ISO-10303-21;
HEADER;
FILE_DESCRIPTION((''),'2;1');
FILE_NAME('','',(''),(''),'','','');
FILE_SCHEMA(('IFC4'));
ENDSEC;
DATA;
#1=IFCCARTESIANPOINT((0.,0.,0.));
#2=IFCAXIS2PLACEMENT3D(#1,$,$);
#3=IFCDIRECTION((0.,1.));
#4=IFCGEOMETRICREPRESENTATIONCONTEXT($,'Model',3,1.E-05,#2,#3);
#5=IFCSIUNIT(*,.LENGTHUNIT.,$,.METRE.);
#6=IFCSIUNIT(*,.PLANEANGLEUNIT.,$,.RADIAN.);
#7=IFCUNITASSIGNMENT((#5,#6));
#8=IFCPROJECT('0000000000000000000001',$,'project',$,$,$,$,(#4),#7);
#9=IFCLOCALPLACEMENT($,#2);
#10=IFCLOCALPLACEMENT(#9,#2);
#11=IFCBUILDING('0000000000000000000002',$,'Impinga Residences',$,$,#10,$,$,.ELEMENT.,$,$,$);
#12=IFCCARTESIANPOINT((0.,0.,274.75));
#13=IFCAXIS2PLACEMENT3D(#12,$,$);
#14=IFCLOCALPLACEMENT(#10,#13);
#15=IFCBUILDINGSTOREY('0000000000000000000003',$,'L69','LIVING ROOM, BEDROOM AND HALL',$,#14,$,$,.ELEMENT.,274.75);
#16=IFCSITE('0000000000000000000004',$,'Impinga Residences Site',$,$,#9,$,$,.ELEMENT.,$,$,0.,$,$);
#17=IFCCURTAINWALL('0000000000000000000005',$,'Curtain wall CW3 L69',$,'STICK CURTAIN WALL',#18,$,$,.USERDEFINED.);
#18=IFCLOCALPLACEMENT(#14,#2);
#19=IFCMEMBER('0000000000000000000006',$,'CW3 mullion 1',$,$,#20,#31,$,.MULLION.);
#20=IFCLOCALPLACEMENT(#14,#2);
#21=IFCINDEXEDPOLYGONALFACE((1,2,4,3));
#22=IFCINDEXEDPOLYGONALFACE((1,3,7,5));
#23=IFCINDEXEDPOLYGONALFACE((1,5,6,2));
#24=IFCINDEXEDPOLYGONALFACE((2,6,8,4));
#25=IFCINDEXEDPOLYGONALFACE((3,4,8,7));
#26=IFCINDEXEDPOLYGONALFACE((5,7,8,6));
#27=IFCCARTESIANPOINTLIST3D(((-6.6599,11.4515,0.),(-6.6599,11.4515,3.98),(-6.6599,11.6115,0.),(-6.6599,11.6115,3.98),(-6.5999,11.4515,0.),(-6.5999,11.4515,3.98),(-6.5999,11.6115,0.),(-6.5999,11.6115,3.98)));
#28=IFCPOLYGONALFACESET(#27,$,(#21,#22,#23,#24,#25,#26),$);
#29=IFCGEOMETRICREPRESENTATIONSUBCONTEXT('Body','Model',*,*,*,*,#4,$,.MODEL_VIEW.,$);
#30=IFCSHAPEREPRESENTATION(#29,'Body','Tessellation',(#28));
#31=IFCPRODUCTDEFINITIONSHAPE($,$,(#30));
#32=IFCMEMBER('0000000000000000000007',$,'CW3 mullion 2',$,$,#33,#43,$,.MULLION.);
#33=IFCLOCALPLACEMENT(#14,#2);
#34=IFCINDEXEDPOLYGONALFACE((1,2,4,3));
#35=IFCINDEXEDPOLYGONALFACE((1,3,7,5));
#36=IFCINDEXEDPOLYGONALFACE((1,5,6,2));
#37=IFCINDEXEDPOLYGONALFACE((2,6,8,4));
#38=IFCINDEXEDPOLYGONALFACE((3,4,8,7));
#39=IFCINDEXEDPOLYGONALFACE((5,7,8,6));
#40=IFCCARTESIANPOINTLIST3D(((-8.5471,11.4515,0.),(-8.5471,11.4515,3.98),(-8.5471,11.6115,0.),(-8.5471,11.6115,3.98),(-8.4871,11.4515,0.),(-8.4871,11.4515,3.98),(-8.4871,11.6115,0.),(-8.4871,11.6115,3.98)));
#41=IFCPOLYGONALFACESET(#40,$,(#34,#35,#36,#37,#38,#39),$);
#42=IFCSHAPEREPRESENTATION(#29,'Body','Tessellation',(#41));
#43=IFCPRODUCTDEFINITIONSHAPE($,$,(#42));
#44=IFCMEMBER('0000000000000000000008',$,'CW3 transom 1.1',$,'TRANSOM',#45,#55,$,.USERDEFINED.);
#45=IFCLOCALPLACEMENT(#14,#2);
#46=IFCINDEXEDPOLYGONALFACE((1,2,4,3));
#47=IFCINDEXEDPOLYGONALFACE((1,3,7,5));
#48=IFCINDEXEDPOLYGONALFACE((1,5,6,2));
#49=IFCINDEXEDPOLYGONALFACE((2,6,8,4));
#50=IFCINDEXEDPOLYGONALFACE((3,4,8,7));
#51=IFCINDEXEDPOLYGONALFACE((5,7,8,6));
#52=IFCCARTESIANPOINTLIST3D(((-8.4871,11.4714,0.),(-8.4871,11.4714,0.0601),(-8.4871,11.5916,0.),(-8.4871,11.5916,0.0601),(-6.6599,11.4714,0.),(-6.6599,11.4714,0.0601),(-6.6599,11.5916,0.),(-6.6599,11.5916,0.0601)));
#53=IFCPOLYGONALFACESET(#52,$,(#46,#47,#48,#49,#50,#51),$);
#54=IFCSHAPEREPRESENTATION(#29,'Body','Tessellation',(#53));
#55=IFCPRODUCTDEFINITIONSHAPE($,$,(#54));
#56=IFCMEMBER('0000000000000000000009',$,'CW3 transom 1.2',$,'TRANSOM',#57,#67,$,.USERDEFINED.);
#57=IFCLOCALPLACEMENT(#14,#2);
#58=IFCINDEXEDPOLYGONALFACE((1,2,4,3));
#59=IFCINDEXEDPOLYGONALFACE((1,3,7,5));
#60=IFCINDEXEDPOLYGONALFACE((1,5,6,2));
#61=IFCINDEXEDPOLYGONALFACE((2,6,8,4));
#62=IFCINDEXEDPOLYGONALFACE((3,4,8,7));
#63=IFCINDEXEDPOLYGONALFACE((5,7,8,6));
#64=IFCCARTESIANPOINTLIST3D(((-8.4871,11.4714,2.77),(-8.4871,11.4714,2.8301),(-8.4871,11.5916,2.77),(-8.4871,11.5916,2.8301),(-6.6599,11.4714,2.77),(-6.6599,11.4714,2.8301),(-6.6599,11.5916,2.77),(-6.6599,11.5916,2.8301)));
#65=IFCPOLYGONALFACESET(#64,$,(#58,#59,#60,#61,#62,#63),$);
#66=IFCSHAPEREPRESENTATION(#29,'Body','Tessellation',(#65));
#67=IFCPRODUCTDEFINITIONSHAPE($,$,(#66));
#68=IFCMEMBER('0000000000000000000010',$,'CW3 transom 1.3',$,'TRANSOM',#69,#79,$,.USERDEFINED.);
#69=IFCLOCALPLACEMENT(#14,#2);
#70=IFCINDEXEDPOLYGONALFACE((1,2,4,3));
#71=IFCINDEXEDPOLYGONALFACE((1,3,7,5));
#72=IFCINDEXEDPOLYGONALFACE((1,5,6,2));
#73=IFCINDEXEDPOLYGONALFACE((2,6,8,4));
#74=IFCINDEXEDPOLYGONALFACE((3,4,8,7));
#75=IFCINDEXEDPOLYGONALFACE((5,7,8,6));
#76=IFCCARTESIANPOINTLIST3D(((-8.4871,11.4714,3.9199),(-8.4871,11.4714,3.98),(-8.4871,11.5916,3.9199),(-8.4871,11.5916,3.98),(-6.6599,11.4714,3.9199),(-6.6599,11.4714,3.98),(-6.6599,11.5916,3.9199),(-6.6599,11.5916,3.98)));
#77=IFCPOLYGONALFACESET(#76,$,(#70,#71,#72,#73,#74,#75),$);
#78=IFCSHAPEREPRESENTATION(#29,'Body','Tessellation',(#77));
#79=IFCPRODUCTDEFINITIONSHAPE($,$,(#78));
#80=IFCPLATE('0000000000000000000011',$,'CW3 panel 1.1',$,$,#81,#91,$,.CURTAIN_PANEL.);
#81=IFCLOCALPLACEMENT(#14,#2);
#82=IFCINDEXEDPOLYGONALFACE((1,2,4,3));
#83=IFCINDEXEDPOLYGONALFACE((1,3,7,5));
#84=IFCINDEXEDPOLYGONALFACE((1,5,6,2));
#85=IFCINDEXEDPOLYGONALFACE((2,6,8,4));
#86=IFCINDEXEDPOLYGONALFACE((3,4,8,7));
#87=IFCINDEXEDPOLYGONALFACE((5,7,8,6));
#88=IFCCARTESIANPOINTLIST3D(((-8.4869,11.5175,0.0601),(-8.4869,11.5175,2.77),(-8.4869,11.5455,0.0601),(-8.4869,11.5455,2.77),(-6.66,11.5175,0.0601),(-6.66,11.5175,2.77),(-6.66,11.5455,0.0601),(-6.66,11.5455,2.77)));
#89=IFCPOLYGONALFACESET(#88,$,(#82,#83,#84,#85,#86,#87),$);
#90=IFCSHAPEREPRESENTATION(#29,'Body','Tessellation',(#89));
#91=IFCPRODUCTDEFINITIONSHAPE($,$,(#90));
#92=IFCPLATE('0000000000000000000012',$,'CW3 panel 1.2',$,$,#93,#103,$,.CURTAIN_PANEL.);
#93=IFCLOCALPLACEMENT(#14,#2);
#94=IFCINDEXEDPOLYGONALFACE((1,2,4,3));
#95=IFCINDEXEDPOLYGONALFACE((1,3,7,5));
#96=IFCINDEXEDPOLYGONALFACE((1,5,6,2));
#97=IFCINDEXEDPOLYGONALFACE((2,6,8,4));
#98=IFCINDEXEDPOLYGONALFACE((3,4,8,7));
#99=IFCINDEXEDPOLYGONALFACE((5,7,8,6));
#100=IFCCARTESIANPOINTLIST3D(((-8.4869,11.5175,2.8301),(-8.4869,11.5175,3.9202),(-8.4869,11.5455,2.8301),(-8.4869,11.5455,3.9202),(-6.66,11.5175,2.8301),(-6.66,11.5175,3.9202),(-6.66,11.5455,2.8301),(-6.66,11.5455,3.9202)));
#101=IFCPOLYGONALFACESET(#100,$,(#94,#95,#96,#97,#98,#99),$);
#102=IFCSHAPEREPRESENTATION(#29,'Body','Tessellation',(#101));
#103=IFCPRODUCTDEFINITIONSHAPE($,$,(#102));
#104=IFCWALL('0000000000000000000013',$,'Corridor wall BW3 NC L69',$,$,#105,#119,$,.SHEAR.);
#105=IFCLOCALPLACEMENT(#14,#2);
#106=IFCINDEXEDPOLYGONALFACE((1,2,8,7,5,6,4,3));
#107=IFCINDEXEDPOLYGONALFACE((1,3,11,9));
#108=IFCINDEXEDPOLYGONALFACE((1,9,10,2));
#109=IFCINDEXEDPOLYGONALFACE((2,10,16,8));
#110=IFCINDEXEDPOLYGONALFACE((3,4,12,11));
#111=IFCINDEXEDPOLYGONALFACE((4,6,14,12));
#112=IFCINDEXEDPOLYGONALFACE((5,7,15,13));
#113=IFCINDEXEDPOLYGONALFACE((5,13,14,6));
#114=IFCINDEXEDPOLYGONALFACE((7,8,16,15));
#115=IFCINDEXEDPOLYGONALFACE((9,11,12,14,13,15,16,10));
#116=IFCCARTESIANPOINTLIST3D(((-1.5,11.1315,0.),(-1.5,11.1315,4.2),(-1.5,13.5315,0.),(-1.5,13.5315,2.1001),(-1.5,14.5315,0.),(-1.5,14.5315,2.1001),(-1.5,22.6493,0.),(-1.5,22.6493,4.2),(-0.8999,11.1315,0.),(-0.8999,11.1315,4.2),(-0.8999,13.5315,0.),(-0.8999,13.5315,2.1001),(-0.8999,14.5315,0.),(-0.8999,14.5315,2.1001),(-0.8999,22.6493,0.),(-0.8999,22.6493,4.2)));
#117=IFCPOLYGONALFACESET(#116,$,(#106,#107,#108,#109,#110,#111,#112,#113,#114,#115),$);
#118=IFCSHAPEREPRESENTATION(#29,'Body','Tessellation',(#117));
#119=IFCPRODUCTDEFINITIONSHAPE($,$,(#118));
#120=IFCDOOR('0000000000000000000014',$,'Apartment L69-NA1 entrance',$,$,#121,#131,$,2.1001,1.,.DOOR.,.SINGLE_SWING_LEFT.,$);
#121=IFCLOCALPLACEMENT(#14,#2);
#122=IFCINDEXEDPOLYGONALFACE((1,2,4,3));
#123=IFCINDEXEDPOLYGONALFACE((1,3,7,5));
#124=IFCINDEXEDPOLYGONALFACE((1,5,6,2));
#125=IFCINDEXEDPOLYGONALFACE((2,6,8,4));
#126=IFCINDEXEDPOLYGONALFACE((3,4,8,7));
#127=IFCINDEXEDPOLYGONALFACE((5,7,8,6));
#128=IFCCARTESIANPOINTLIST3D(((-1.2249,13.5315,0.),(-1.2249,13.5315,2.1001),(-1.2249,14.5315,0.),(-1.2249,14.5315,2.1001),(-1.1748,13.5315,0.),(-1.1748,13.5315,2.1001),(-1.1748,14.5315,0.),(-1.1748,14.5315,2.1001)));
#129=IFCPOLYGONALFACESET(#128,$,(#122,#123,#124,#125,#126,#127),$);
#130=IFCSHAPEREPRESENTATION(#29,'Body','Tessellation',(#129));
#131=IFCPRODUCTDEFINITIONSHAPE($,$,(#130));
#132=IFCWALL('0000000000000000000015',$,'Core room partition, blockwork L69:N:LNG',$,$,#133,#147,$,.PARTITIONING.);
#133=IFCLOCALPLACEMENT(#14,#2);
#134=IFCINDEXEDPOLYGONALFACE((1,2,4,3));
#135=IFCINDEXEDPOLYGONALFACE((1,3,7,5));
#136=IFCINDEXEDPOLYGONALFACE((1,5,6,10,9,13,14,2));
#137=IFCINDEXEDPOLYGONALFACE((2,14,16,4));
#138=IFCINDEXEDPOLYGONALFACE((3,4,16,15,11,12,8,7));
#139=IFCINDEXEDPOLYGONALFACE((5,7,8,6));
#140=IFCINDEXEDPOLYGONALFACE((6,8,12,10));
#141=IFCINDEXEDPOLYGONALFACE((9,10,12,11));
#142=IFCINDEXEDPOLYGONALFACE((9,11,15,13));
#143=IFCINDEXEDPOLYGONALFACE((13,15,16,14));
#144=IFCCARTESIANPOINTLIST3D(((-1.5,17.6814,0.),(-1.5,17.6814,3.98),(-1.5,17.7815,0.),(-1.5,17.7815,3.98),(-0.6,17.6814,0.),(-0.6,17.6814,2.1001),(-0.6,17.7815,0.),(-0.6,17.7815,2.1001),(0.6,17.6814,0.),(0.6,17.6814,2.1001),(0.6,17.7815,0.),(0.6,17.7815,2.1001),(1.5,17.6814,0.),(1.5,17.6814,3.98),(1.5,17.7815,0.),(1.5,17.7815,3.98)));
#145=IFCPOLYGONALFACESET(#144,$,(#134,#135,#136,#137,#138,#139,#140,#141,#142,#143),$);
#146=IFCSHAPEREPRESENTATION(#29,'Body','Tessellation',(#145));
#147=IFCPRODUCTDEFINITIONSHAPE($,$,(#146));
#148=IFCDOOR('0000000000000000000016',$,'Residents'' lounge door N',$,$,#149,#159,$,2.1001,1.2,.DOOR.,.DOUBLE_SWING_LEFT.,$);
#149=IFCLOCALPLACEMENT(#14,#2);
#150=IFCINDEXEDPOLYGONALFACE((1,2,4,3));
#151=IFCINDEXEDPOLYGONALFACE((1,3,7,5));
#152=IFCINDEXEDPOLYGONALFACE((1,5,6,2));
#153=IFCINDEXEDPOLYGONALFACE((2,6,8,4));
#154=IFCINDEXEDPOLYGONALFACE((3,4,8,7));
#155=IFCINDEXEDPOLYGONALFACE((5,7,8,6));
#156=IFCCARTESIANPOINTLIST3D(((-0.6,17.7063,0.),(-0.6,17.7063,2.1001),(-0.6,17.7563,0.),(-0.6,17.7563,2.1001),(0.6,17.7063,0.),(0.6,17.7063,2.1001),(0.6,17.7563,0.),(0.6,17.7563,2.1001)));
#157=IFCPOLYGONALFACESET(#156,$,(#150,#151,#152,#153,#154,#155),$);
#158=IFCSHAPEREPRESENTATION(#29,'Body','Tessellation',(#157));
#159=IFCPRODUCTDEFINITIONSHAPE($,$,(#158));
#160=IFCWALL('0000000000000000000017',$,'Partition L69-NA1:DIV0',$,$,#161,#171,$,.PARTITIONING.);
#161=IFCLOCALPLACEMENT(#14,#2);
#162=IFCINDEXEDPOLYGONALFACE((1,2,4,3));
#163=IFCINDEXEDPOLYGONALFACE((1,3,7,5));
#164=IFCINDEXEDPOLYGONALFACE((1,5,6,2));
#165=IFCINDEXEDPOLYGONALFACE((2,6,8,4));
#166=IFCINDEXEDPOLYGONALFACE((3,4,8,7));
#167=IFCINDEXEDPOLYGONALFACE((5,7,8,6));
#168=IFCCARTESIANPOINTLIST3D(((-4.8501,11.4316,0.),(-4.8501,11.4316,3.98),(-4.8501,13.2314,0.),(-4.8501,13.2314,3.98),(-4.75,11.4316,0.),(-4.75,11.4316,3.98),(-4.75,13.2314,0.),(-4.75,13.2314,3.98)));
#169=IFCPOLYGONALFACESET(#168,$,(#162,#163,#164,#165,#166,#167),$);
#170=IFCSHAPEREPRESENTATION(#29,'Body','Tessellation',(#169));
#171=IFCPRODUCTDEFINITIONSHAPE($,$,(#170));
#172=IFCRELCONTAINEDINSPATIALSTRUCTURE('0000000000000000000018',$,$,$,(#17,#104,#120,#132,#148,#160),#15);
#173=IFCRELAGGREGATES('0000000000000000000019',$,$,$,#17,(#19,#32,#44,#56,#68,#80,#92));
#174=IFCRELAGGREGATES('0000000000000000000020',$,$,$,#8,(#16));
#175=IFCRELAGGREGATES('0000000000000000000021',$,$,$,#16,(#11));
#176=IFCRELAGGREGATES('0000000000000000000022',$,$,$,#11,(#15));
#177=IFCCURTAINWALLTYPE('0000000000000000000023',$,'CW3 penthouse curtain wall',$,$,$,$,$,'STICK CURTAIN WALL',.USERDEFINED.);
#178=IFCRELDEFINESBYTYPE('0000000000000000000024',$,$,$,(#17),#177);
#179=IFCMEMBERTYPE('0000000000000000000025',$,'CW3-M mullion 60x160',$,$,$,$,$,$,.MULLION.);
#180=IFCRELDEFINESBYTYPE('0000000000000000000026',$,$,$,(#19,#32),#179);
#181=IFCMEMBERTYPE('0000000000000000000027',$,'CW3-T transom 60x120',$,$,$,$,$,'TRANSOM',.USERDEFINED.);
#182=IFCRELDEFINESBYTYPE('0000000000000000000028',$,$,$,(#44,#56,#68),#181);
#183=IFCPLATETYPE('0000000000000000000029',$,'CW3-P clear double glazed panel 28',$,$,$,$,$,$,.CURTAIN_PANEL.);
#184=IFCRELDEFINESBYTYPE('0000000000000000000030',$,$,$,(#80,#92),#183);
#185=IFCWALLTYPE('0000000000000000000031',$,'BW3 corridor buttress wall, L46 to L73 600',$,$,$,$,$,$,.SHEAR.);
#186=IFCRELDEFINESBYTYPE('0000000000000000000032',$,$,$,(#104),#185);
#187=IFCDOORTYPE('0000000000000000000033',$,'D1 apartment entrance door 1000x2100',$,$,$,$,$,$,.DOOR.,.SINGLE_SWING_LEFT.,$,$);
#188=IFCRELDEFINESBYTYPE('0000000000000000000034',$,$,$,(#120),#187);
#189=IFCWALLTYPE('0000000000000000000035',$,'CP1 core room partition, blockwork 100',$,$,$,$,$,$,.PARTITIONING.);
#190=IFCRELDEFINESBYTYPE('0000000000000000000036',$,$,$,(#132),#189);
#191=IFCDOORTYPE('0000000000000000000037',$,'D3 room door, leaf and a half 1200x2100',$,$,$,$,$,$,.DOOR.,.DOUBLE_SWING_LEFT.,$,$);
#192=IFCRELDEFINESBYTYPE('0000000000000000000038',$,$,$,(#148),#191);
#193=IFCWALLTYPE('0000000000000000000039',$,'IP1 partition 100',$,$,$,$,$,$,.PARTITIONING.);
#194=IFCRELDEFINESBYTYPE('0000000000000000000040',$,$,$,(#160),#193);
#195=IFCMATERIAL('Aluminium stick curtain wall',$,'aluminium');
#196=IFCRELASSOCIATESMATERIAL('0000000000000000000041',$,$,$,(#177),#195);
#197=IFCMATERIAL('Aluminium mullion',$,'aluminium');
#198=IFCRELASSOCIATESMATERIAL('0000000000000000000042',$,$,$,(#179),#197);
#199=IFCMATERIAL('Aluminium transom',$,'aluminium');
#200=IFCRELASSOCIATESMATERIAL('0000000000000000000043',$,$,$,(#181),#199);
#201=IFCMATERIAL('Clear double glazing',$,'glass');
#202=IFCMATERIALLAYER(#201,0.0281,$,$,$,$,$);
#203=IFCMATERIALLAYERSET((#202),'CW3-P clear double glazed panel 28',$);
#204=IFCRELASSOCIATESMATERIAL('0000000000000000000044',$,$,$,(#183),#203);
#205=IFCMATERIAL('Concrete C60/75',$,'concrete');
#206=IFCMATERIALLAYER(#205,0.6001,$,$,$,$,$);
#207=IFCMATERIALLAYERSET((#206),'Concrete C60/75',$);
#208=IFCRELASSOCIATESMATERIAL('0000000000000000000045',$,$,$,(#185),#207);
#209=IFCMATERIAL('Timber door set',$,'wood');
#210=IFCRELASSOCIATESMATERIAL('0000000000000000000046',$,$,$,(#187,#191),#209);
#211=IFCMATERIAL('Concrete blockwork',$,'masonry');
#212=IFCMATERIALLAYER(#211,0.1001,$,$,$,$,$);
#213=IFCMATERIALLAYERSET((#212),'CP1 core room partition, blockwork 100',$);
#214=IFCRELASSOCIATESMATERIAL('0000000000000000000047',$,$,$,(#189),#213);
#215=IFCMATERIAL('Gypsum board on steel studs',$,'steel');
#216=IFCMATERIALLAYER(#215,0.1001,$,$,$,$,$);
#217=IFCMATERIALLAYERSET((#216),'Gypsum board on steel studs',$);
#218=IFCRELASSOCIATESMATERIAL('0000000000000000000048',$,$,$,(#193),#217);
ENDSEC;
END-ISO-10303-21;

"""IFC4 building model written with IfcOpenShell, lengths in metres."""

from ifc_helpers import new_model, si_unit, direction, frame, frame_2d, origin, origin_2d, place, context, subcontext, project, spatial, rectangle, extrude, material, layer, layer_set, material_profile, profile_set, type_object, element, fill, aggregate, save


model = new_model("IFC4")

# Units and contexts
model_context = context("Model", 3, precision=1e-05, world=origin(), true_north=direction((0.0, 1.0)))
body_context = subcontext(model_context, "Body", "Model", "MODEL_VIEW")
ifc_project = project(units=[si_unit("LENGTHUNIT", "METRE"), si_unit("PLANEANGLEUNIT", "RADIAN")], contexts=[model_context])

# Site, building, storey
site_placement = place(None, origin())
site = spatial("IfcSite", under=ifc_project, at=site_placement, Name="Impinga Residences Site", CompositionType="ELEMENT", RefElevation=0.0)
building_placement = place(site_placement, origin())
building = spatial("IfcBuilding", under=site, at=building_placement, Name="Impinga Residences", CompositionType="ELEMENT")
storey_placement = place(building_placement, frame((0.0, 0.0, 274.75)))
storey = spatial("IfcBuildingStorey", under=building, at=storey_placement, Name="L69", Description="LIVING ROOM, BEDROOM AND HALL", CompositionType="ELEMENT", Elevation=274.75)

# Curtain wall, members, plates
ifc_material_1 = material(Name="Aluminium stick curtain wall", Category="aluminium")
curtain_wall_type = type_object("IfcCurtainWallType", Name="CW3 penthouse curtain wall", ElementType="STICK CURTAIN WALL", PredefinedType="USERDEFINED", material=ifc_material_1)
curtain_wall_placement = place(storey_placement, origin())
curtain_wall = element("IfcCurtainWall", 1, at=curtain_wall_placement, inside=storey, type_object=curtain_wall_type, Name="Curtain wall CW3 L69", ObjectType="STICK CURTAIN WALL", PredefinedType="USERDEFINED")
ifc_material_2 = material(Name="Aluminium mullion", Category="aluminium")
ifc_material_profile_1 = material_profile(ifc_material_2, rectangle(XDim=0.0601, YDim=0.1599, at=origin_2d()), Name="60x160 mullion")
ifc_profile_set_1 = profile_set([ifc_material_profile_1], Name="Aluminium mullion")
member_type_1 = type_object("IfcMemberType", Name="CW3-M mullion 60x160", PredefinedType="MULLION", material=ifc_profile_set_1)
member_1_placement = place(storey_placement, frame((-6.6299, 11.5315, 0.0), z_axis=(0.0, 0.0, 1.0), x_axis=(-1.0, 0.0, 0.0)))
member_1 = element("IfcMember", 2, at=member_1_placement, type_object=member_type_1, Name="CW3 mullion 1", PredefinedType="MULLION", context=body_context, shape_type="SweptSolid", body=[
    extrude(rectangle(XDim=0.0601, YDim=0.1599, at=origin_2d()), origin(), (0.0, 0.0, 1.0), 3.98),
])
member_2_placement = place(storey_placement, frame((-8.5171, 11.5315, 0.0), z_axis=(0.0, 0.0, 1.0), x_axis=(-1.0, 0.0, 0.0)))
member_2 = element("IfcMember", 3, at=member_2_placement, type_object=member_type_1, Name="CW3 mullion 2", PredefinedType="MULLION", context=body_context, shape_type="SweptSolid", body=[
    extrude(rectangle(XDim=0.0601, YDim=0.1599, at=origin_2d()), origin(), (0.0, 0.0, 1.0), 3.98),
])
ifc_material_3 = material(Name="Aluminium transom", Category="aluminium")
ifc_material_profile_2 = material_profile(ifc_material_3, rectangle(XDim=0.0601, YDim=0.1201, at=origin_2d()), Name="60x120 transom")
ifc_profile_set_2 = profile_set([ifc_material_profile_2], Name="Aluminium transom")
member_type_2 = type_object("IfcMemberType", Name="CW3-T transom 60x120", ElementType="TRANSOM", PredefinedType="USERDEFINED", material=ifc_profile_set_2)
member_3_placement = place(storey_placement, frame((-6.6599, 11.5315, 0.03), z_axis=(-1.0, 0.0, 0.0), x_axis=(0.0, 0.0, 1.0)))
member_3 = element("IfcMember", 4, at=member_3_placement, type_object=member_type_2, Name="CW3 transom 1.1", ObjectType="TRANSOM", PredefinedType="USERDEFINED", context=body_context, shape_type="SweptSolid", body=[
    extrude(rectangle(XDim=0.0601, YDim=0.1201, at=origin_2d()), origin(), (0.0, 0.0, 1.0), 1.8271),
])
member_4_placement = place(storey_placement, frame((-6.6599, 11.5315, 2.8), z_axis=(-1.0, 0.0, 0.0), x_axis=(0.0, 0.0, 1.0)))
member_4 = element("IfcMember", 5, at=member_4_placement, type_object=member_type_2, Name="CW3 transom 1.2", ObjectType="TRANSOM", PredefinedType="USERDEFINED", context=body_context, shape_type="SweptSolid", body=[
    extrude(rectangle(XDim=0.0601, YDim=0.1201, at=origin_2d()), origin(), (0.0, 0.0, 1.0), 1.8271),
])
member_5_placement = place(storey_placement, frame((-6.6599, 11.5315, 3.95), z_axis=(-1.0, 0.0, 0.0), x_axis=(0.0, 0.0, 1.0)))
member_5 = element("IfcMember", 6, at=member_5_placement, type_object=member_type_2, Name="CW3 transom 1.3", ObjectType="TRANSOM", PredefinedType="USERDEFINED", context=body_context, shape_type="SweptSolid", body=[
    extrude(rectangle(XDim=0.0601, YDim=0.1201, at=origin_2d()), origin(), (0.0, 0.0, 1.0), 1.8271),
])
ifc_material_4 = material(Name="Clear double glazing", Category="glass")
ifc_layer_1 = layer(ifc_material_4, 0.0281)
ifc_layer_set_1 = layer_set([ifc_layer_1], Name="CW3-P clear double glazed panel 28")
plate_type = type_object("IfcPlateType", Name="CW3-P clear double glazed panel 28", PredefinedType="CURTAIN_PANEL", material=ifc_layer_set_1)
plate_1_placement = place(storey_placement, frame((-7.5735, 11.5315, 0.0601), z_axis=(0.0, 0.0, 1.0), x_axis=(-1.0, 0.0, 0.0)))
plate_1 = element("IfcPlate", 7, at=plate_1_placement, type_object=plate_type, Name="CW3 panel 1.1", PredefinedType="CURTAIN_PANEL", context=body_context, shape_type="SweptSolid", body=[
    extrude(rectangle(XDim=1.8269, YDim=0.0281, at=origin_2d()), origin(), (0.0, 0.0, 1.0), 2.71),
])
plate_2_placement = place(storey_placement, frame((-7.5735, 11.5315, 2.8301), z_axis=(0.0, 0.0, 1.0), x_axis=(-1.0, 0.0, 0.0)))
plate_2 = element("IfcPlate", 8, at=plate_2_placement, type_object=plate_type, Name="CW3 panel 1.2", PredefinedType="CURTAIN_PANEL", context=body_context, shape_type="SweptSolid", body=[
    extrude(rectangle(XDim=1.8269, YDim=0.0281, at=origin_2d()), origin(), (0.0, 0.0, 1.0), 1.0901),
])
aggregate(curtain_wall, [member_1, member_2, member_3, member_4, member_5, plate_1, plate_2])

# Walls, openings, doors
ifc_material_5 = material(Name="Concrete C60/75", Category="concrete")
ifc_layer_2 = layer(ifc_material_5, 0.6001)
ifc_layer_set_2 = layer_set([ifc_layer_2], Name="Concrete C60/75")
wall_type_1 = type_object("IfcWallType", Name="BW3 corridor buttress wall, L46 to L73 600", PredefinedType="SHEAR", material=ifc_layer_set_2)
wall_1_placement = place(storey_placement, frame((-1.2, 11.1316, 0.0), z_axis=(0.0, 0.0, 1.0), x_axis=(0.0, 1.0, 0.0)))
wall_1 = element("IfcWall", 9, at=wall_1_placement, inside=storey, type_object=wall_type_1, Name="Corridor wall BW3 NC L69", PredefinedType="SHEAR", context=body_context, shape_type="SweptSolid", body=[
    extrude(rectangle(XDim=11.5178, YDim=0.6001, at=frame_2d((5.7588, 0.0))), origin(), (0.0, 0.0, 1.0), 4.2),
])
opening_1_placement = place(wall_1_placement, frame((2.3999, 0.0, 0.0)))
opening_1 = element("IfcOpeningElement", 10, at=opening_1_placement, cuts=wall_1, PredefinedType="OPENING", context=body_context, shape_type="SweptSolid", body=[
    extrude(rectangle(XDim=1.0, YDim=2.1001, at=frame_2d((0.5, 1.05))), frame((0.0, 0.3101, 0.0), z_axis=(0.0, -1.0, 0.0), x_axis=(1.0, 0.0, 0.0)), (0.0, 0.0, 1.0), 0.6201),
])
ifc_material_6 = material(Name="Timber door set", Category="wood")
door_type_1 = type_object("IfcDoorType", Name="D1 apartment entrance door 1000x2100", OperationType="SINGLE_SWING_LEFT", PredefinedType="DOOR", material=ifc_material_6)
door_1_placement = place(opening_1_placement, origin())
door_1 = element("IfcDoor", 11, at=door_1_placement, inside=storey, type_object=door_type_1, Name="Apartment L69-NA1 entrance", OperationType="SINGLE_SWING_LEFT", OverallHeight=2.1001, OverallWidth=1.0, PredefinedType="DOOR", context=body_context, shape_type="SweptSolid", body=[
    extrude(rectangle(XDim=1.0, YDim=2.1001, at=frame_2d((0.5, 1.05))), frame((0.0, 0.0249, 0.0), z_axis=(0.0, -1.0, 0.0), x_axis=(1.0, 0.0, 0.0)), (0.0, 0.0, 1.0), 0.05),
])
fill(opening_1, door_1)
ifc_material_7 = material(Name="Concrete blockwork", Category="masonry")
ifc_layer_3 = layer(ifc_material_7, 0.1001)
ifc_layer_set_3 = layer_set([ifc_layer_3], Name="CP1 core room partition, blockwork 100")
wall_type_2 = type_object("IfcWallType", Name="CP1 core room partition, blockwork 100", PredefinedType="PARTITIONING", material=ifc_layer_set_3)
wall_2_placement = place(storey_placement, frame((-1.5, 17.7314, 0.0), z_axis=(0.0, 0.0, 1.0), x_axis=(1.0, 0.0, 0.0)))
wall_2 = element("IfcWall", 12, at=wall_2_placement, inside=storey, type_object=wall_type_2, Name="Core room partition, blockwork L69:N:LNG", PredefinedType="PARTITIONING", context=body_context, shape_type="SweptSolid", body=[
    extrude(rectangle(XDim=3.0, YDim=0.1001, at=frame_2d((1.5, 0.0))), origin(), (0.0, 0.0, 1.0), 3.98),
])
opening_2_placement = place(wall_2_placement, frame((0.8999, 0.0, 0.0)))
opening_2 = element("IfcOpeningElement", 13, at=opening_2_placement, cuts=wall_2, PredefinedType="OPENING", context=body_context, shape_type="SweptSolid", body=[
    extrude(rectangle(XDim=1.2, YDim=2.1001, at=frame_2d((0.6001, 1.05))), frame((0.0, 0.0601, 0.0), z_axis=(0.0, -1.0, 0.0), x_axis=(1.0, 0.0, 0.0)), (0.0, 0.0, 1.0), 0.1201),
])
door_type_2 = type_object("IfcDoorType", Name="D3 room door, leaf and a half 1200x2100", OperationType="DOUBLE_SWING_LEFT", PredefinedType="DOOR", material=ifc_material_6)
door_2_placement = place(opening_2_placement, origin())
door_2 = element("IfcDoor", 14, at=door_2_placement, inside=storey, type_object=door_type_2, Name="Residents' lounge door N", OperationType="DOUBLE_SWING_LEFT", OverallHeight=2.1001, OverallWidth=1.2, PredefinedType="DOOR", context=body_context, shape_type="SweptSolid", body=[
    extrude(rectangle(XDim=1.2, YDim=2.1001, at=frame_2d((0.6001, 1.05))), frame((0.0, 0.0249, 0.0), z_axis=(0.0, -1.0, 0.0), x_axis=(1.0, 0.0, 0.0)), (0.0, 0.0, 1.0), 0.05),
])
fill(opening_2, door_2)

# Wall
ifc_material_8 = material(Name="Gypsum board on steel studs", Category="steel")
ifc_layer_4 = layer(ifc_material_8, 0.1001)
ifc_layer_set_4 = layer_set([ifc_layer_4], Name="Gypsum board on steel studs")
wall_type_3 = type_object("IfcWallType", Name="IP1 partition 100", PredefinedType="PARTITIONING", material=ifc_layer_set_4)
wall_3_placement = place(storey_placement, frame((-4.8, 11.4316, 0.0), z_axis=(0.0, 0.0, 1.0), x_axis=(0.0, 1.0, 0.0)))
element("IfcWall", 15, at=wall_3_placement, inside=storey, type_object=wall_type_3, Name="Partition L69-NA1:DIV0", PredefinedType="PARTITIONING", context=body_context, shape_type="SweptSolid", body=[
    extrude(rectangle(XDim=1.7998, YDim=0.1001, at=frame_2d((0.8999, 0.0))), origin(), (0.0, 0.0, 1.0), 3.98),
])

save(model, "model.ifc")
